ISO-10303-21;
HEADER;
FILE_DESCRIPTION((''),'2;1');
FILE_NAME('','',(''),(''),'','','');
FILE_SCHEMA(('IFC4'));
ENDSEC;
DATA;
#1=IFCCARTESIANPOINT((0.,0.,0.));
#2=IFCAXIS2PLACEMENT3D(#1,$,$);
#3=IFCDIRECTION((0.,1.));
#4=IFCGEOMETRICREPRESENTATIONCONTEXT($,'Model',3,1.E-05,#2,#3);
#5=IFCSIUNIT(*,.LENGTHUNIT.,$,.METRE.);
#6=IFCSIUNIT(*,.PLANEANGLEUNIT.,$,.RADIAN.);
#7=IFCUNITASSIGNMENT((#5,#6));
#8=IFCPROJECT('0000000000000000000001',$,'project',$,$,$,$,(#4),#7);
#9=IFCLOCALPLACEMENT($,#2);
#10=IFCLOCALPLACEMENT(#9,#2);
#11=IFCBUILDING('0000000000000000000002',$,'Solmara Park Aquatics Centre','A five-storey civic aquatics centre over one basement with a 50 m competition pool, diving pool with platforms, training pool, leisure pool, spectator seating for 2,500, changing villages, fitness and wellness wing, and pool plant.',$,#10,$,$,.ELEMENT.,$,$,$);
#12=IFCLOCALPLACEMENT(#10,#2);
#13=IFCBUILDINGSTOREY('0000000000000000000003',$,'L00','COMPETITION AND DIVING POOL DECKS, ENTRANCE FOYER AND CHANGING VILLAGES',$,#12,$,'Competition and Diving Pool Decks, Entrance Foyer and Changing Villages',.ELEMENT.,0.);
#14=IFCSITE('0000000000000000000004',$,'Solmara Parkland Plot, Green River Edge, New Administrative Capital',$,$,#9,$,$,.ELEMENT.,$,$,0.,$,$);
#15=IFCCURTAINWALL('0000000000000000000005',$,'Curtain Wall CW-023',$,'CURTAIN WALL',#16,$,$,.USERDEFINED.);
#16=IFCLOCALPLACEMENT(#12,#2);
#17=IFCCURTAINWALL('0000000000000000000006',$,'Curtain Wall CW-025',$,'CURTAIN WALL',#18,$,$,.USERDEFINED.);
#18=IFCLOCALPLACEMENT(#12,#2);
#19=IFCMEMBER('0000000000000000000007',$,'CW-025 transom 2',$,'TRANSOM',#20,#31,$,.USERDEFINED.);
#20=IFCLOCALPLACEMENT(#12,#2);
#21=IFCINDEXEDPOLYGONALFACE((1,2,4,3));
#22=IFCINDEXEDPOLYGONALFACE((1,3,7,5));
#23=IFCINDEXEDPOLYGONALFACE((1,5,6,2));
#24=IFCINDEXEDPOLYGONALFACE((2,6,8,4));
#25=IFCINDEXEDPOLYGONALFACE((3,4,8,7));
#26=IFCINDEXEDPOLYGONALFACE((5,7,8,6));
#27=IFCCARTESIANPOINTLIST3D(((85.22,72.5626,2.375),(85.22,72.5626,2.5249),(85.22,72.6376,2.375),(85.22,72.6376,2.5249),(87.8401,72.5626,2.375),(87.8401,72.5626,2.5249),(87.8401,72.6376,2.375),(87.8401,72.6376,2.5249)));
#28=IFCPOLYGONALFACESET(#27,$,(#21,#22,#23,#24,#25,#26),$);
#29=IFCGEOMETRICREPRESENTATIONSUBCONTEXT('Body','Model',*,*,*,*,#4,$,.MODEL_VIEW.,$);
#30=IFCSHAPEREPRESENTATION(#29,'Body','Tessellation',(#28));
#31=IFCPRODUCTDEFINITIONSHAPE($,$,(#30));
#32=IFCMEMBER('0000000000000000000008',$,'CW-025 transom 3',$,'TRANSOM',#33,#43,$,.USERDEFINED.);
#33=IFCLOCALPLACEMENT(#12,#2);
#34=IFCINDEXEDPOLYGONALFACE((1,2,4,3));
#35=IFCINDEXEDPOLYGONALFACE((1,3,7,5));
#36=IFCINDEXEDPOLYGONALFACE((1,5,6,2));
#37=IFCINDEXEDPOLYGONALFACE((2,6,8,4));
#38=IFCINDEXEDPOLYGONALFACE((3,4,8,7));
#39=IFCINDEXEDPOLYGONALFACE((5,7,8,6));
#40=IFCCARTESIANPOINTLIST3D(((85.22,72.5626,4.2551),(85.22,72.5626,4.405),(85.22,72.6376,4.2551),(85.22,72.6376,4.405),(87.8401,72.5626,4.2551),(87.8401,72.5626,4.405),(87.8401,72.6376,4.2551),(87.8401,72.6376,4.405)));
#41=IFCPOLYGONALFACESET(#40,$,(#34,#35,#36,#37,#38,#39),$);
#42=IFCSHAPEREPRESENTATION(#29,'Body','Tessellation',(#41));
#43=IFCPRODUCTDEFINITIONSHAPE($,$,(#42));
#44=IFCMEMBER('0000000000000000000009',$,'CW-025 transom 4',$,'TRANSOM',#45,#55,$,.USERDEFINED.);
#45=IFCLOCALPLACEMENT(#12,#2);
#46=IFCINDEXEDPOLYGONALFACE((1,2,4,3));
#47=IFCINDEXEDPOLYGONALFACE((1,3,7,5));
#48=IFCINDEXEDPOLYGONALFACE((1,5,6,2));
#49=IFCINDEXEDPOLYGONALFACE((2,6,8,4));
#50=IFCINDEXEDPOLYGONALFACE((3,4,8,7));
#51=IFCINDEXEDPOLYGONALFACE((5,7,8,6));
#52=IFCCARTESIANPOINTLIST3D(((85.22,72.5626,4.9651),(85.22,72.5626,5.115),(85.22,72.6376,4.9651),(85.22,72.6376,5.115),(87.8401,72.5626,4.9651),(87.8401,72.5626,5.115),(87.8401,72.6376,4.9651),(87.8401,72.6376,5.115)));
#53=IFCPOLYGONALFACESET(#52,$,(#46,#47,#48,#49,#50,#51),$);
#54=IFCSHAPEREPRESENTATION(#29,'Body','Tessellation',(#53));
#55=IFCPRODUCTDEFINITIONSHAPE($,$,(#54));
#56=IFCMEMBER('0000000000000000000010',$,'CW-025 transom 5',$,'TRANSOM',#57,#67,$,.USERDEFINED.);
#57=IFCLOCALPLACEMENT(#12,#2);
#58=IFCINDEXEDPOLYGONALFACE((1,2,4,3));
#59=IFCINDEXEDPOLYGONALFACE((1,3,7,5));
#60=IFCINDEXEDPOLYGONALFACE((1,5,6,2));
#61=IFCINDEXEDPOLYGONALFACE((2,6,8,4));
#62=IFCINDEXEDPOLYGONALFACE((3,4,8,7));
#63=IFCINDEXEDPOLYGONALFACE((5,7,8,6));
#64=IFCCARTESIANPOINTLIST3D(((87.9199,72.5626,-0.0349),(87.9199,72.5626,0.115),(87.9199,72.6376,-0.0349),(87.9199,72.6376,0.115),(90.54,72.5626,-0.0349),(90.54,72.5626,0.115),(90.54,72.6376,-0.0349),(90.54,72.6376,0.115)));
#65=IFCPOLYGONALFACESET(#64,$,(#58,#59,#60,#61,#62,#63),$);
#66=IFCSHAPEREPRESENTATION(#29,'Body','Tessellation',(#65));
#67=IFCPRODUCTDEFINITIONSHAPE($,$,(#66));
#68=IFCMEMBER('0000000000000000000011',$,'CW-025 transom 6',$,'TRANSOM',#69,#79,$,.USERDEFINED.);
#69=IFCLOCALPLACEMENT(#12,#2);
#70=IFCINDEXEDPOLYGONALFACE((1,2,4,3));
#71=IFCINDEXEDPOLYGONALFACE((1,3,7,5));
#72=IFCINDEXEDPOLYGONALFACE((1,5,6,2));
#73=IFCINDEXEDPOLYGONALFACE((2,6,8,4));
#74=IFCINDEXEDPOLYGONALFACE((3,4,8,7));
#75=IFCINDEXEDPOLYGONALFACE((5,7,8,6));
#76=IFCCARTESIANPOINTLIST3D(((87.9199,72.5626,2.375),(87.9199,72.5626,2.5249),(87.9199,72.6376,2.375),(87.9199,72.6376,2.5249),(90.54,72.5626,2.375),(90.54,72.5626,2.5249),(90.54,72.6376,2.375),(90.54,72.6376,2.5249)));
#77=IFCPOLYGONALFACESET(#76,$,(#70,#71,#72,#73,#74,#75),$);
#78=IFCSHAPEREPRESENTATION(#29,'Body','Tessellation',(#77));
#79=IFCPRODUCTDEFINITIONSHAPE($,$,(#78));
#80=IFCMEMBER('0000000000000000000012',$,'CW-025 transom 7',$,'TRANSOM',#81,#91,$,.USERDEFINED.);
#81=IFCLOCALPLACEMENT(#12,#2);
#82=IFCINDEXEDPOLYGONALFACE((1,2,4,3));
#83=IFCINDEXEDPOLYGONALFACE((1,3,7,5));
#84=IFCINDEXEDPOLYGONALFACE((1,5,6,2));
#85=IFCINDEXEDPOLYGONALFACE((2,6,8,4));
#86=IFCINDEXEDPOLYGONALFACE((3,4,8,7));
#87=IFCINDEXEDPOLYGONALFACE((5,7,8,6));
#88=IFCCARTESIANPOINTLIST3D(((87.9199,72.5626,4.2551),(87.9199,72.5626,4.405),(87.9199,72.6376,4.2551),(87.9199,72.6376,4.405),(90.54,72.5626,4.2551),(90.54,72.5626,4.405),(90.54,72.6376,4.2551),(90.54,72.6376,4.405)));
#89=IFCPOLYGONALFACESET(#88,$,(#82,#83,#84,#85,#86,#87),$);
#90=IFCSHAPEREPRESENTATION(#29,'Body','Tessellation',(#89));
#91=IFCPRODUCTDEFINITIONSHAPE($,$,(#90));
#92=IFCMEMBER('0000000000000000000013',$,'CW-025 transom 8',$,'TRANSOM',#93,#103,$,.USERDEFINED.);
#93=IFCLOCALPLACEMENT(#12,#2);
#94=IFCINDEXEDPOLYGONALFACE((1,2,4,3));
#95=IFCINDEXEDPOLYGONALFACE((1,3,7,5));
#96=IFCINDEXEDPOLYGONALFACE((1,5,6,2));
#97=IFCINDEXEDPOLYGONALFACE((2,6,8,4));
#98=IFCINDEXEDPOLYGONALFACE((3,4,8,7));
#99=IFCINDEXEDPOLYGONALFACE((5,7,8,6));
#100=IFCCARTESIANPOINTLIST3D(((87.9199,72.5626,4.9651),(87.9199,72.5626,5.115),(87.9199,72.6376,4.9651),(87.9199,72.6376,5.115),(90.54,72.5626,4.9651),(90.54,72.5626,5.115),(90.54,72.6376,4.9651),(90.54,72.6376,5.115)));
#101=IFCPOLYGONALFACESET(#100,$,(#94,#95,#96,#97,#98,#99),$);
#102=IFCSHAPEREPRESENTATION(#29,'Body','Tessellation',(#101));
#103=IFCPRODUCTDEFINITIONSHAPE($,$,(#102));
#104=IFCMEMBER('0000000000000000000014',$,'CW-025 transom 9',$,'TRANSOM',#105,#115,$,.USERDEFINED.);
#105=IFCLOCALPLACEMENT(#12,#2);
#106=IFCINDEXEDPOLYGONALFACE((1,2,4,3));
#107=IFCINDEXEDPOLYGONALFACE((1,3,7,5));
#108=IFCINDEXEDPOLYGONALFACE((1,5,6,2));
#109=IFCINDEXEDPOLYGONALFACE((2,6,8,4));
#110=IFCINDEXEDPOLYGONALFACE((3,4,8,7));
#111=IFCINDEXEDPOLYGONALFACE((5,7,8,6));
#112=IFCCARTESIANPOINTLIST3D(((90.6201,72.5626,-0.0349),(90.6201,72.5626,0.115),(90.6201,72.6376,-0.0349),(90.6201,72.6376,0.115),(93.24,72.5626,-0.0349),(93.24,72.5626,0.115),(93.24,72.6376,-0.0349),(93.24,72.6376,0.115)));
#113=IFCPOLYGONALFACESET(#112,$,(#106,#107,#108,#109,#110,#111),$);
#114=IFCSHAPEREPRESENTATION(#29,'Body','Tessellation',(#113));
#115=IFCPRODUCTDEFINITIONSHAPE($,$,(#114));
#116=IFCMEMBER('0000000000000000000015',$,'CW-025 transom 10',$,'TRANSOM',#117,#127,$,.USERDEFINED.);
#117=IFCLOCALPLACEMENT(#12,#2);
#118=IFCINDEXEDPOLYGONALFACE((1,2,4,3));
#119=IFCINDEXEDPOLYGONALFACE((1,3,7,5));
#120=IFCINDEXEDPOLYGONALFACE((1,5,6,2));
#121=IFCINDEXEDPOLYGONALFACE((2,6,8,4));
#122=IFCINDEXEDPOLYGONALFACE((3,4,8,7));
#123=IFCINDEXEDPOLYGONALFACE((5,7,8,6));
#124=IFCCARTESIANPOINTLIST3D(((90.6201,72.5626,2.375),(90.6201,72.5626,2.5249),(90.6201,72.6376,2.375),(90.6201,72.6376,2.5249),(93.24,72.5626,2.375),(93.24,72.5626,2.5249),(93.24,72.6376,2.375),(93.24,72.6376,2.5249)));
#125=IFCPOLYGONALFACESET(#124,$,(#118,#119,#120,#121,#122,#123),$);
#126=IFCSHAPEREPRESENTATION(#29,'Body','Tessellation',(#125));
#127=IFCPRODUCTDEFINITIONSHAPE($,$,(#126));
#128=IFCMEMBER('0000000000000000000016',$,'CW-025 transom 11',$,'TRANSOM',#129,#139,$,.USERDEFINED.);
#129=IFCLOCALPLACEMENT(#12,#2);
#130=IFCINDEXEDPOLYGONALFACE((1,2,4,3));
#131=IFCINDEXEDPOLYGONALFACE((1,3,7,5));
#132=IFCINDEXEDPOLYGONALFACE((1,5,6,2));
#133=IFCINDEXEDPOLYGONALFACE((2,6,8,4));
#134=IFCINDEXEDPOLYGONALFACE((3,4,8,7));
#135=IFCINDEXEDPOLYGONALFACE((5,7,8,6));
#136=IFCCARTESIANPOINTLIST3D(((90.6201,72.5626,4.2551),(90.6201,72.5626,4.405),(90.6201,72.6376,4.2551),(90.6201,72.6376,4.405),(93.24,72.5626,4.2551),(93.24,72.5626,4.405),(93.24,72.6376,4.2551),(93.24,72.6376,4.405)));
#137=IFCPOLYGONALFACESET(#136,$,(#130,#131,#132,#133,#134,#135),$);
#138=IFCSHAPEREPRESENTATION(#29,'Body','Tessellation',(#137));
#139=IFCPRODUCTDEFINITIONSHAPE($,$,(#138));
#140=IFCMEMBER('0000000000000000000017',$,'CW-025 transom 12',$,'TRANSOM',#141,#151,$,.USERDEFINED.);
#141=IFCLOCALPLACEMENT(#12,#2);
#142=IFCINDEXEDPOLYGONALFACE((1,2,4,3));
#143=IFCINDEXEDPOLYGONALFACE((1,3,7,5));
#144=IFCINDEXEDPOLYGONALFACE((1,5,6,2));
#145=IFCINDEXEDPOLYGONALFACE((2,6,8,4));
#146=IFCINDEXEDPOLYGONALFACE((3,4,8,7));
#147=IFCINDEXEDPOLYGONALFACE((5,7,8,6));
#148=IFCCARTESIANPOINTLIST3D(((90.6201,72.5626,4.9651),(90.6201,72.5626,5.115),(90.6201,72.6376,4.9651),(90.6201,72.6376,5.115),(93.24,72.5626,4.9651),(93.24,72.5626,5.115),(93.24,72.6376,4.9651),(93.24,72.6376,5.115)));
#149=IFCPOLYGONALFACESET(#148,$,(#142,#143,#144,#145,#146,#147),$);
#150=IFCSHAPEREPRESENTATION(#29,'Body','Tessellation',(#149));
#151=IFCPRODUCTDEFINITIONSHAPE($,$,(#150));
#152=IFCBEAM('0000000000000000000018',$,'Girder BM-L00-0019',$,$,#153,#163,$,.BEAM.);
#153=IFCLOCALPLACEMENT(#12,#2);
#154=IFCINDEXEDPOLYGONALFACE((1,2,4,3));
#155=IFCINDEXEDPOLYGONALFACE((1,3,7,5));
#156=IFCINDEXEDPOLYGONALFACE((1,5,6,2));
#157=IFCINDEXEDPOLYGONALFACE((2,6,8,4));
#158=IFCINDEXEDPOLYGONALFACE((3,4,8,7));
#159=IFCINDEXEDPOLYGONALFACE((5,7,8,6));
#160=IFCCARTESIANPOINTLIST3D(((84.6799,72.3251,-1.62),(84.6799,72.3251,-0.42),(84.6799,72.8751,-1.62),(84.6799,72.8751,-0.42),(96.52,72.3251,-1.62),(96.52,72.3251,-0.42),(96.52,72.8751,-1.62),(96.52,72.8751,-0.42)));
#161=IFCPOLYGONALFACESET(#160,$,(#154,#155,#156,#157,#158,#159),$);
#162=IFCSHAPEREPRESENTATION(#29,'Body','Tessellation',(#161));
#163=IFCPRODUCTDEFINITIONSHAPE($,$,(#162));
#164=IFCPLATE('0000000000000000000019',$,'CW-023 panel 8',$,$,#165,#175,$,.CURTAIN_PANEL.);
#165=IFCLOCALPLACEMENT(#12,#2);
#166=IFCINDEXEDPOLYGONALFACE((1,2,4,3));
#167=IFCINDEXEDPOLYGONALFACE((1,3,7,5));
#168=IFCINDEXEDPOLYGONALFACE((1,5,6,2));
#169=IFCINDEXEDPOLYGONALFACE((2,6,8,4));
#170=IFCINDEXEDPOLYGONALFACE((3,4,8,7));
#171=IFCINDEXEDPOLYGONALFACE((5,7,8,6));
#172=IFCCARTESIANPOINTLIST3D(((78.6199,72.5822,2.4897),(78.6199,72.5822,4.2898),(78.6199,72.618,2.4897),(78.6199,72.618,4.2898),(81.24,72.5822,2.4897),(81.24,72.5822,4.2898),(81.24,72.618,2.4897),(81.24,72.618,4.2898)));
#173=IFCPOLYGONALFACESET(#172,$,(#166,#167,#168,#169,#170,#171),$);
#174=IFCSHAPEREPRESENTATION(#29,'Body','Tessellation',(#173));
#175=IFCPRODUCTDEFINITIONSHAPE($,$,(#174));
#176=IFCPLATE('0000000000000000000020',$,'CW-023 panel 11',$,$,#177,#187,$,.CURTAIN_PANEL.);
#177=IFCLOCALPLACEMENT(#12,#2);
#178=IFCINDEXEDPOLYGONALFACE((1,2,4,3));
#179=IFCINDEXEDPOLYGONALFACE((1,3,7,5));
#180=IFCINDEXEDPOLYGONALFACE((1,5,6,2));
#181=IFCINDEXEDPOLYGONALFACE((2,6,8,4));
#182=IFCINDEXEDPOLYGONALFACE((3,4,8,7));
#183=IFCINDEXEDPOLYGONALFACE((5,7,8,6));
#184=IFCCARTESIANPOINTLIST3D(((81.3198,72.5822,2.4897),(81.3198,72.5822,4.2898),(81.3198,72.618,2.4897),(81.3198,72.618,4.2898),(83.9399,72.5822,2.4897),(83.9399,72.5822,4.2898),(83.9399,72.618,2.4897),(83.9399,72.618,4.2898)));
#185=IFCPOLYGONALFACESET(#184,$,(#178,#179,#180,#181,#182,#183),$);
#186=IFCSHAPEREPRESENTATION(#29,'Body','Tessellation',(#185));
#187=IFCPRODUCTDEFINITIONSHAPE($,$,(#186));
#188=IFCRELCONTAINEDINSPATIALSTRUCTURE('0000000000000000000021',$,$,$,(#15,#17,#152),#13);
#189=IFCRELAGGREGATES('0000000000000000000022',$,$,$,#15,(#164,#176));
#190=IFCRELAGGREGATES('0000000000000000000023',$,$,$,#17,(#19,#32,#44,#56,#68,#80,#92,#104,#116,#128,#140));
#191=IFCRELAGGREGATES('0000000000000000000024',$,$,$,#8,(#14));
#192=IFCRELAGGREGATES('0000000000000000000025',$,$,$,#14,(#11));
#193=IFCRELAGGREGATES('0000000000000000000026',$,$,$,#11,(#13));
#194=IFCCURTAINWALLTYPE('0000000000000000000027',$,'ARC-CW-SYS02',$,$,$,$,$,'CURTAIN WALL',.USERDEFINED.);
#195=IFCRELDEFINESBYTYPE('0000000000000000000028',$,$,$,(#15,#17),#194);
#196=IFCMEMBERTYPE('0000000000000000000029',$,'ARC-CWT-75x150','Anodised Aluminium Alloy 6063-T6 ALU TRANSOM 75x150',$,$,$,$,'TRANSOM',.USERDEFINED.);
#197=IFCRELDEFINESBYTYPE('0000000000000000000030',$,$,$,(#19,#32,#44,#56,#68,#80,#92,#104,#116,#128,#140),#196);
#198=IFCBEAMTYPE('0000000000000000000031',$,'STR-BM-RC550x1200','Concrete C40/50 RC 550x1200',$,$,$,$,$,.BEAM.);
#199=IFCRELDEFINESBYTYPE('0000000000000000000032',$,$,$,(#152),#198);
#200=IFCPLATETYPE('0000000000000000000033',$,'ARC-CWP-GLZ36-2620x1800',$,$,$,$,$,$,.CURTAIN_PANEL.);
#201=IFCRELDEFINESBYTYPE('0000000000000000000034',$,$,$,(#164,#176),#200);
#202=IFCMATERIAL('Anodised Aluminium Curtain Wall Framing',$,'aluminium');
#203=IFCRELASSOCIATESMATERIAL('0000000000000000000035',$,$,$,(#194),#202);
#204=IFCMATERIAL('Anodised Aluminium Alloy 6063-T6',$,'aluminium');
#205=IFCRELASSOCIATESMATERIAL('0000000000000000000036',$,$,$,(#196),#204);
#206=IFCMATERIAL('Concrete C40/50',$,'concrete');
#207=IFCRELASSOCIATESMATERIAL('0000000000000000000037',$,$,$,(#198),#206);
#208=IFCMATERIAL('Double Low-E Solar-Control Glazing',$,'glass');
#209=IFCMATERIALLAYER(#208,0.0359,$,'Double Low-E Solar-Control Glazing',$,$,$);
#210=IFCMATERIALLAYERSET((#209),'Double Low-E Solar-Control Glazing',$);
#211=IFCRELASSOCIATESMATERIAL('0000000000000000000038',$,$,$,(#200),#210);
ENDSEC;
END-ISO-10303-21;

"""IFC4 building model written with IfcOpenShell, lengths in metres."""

from ifc_helpers import new_model, si_unit, direction, frame, origin, origin_2d, place, context, subcontext, project, spatial, rectangle, extrude, material, layer, layer_set, material_profile, profile_set, type_object, element, aggregate, save


model = new_model("IFC4")

# Units and contexts
model_context = context("Model", 3, precision=1e-05, world=origin(), true_north=direction((0.0, 1.0)))
body_context = subcontext(model_context, "Body", "Model", "MODEL_VIEW")
ifc_project = project(units=[si_unit("LENGTHUNIT", "METRE"), si_unit("PLANEANGLEUNIT", "RADIAN")], contexts=[model_context])

# Site, building, storey
site_placement = place(None, origin())
site = spatial("IfcSite", under=ifc_project, at=site_placement, Name="Solmara Parkland Plot, Green River Edge, New Administrative Capital", CompositionType="ELEMENT", RefElevation=0.0)
building_placement = place(site_placement, origin())
building = spatial("IfcBuilding", under=site, at=building_placement, Name="Solmara Park Aquatics Centre", Description="A five-storey civic aquatics centre over one basement with a 50 m competition pool, diving pool with platforms, training pool, leisure pool, spectator seating for 2,500, changing villages, fitness and wellness wing, and pool plant.", CompositionType="ELEMENT")
storey_placement = place(building_placement, origin())
storey = spatial("IfcBuildingStorey", under=building, at=storey_placement, Name="L00", Description="COMPETITION AND DIVING POOL DECKS, ENTRANCE FOYER AND CHANGING VILLAGES", LongName="Competition and Diving Pool Decks, Entrance Foyer and Changing Villages", CompositionType="ELEMENT", Elevation=0.0)

# Curtain walls
ifc_material_1 = material(Name="Anodised Aluminium Curtain Wall Framing", Category="aluminium")
curtain_wall_type = type_object("IfcCurtainWallType", Name="ARC-CW-SYS02", ElementType="CURTAIN WALL", PredefinedType="USERDEFINED", material=ifc_material_1)
curtain_wall_1_placement = place(storey_placement, origin())
curtain_wall_1 = element("IfcCurtainWall", 1, at=curtain_wall_1_placement, inside=storey, type_object=curtain_wall_type, Name="Curtain Wall CW-023", ObjectType="CURTAIN WALL", PredefinedType="USERDEFINED")
ifc_material_2 = material(Name="Anodised Aluminium Alloy 6063-T6", Category="aluminium")
curtain_wall_2_placement = place(storey_placement, origin())
curtain_wall_2 = element("IfcCurtainWall", 2, at=curtain_wall_2_placement, inside=storey, type_object=curtain_wall_type, Name="Curtain Wall CW-025", ObjectType="CURTAIN WALL", PredefinedType="USERDEFINED")

# Members
ifc_material_profile_1 = material_profile(ifc_material_2, rectangle(XDim=0.075, YDim=0.1499, at=origin_2d()), Name="ALU TRANSOM 75x150")
ifc_profile_set_1 = profile_set([ifc_material_profile_1], Name="Anodised Aluminium Alloy 6063-T6")
member_type_1 = type_object("IfcMemberType", Name="ARC-CWT-75x150", Description="Anodised Aluminium Alloy 6063-T6 ALU TRANSOM 75x150", ElementType="TRANSOM", PredefinedType="USERDEFINED", material=ifc_profile_set_1)
member_1_placement = place(storey_placement, frame((85.22, 72.6001, 2.45), z_axis=(1.0, 0.0, 0.0), x_axis=(0.0, 1.0, 0.0)))
member_1 = element("IfcMember", 3, at=member_1_placement, type_object=member_type_1, Name="CW-025 transom 2", ObjectType="TRANSOM", PredefinedType="USERDEFINED", context=body_context, shape_type="SweptSolid", body=[
    extrude(rectangle(XDim=0.075, YDim=0.1499, at=origin_2d()), origin(), (0.0, 0.0, 1.0), 2.6201),
])
member_2_placement = place(storey_placement, frame((85.22, 72.6001, 4.3301), z_axis=(1.0, 0.0, 0.0), x_axis=(0.0, 1.0, 0.0)))
member_2 = element("IfcMember", 4, at=member_2_placement, type_object=member_type_1, Name="CW-025 transom 3", ObjectType="TRANSOM", PredefinedType="USERDEFINED", context=body_context, shape_type="SweptSolid", body=[
    extrude(rectangle(XDim=0.075, YDim=0.1499, at=origin_2d()), origin(), (0.0, 0.0, 1.0), 2.6201),
])
member_3_placement = place(storey_placement, frame((85.22, 72.6001, 5.04), z_axis=(1.0, 0.0, 0.0), x_axis=(0.0, 1.0, 0.0)))
member_3 = element("IfcMember", 5, at=member_3_placement, type_object=member_type_1, Name="CW-025 transom 4", ObjectType="TRANSOM", PredefinedType="USERDEFINED", context=body_context, shape_type="SweptSolid", body=[
    extrude(rectangle(XDim=0.075, YDim=0.1499, at=origin_2d()), origin(), (0.0, 0.0, 1.0), 2.6201),
])
member_4_placement = place(storey_placement, frame((87.9199, 72.6001, 0.04), z_axis=(1.0, 0.0, 0.0), x_axis=(0.0, 1.0, 0.0)))
member_4 = element("IfcMember", 6, at=member_4_placement, type_object=member_type_1, Name="CW-025 transom 5", ObjectType="TRANSOM", PredefinedType="USERDEFINED", context=body_context, shape_type="SweptSolid", body=[
    extrude(rectangle(XDim=0.075, YDim=0.1499, at=origin_2d()), origin(), (0.0, 0.0, 1.0), 2.6201),
])
member_5_placement = place(storey_placement, frame((87.9199, 72.6001, 2.45), z_axis=(1.0, 0.0, 0.0), x_axis=(0.0, 1.0, 0.0)))
member_5 = element("IfcMember", 7, at=member_5_placement, type_object=member_type_1, Name="CW-025 transom 6", ObjectType="TRANSOM", PredefinedType="USERDEFINED", context=body_context, shape_type="SweptSolid", body=[
    extrude(rectangle(XDim=0.075, YDim=0.1499, at=origin_2d()), origin(), (0.0, 0.0, 1.0), 2.6201),
])
member_6_placement = place(storey_placement, frame((87.9199, 72.6001, 4.3301), z_axis=(1.0, 0.0, 0.0), x_axis=(0.0, 1.0, 0.0)))
member_6 = element("IfcMember", 8, at=member_6_placement, type_object=member_type_1, Name="CW-025 transom 7", ObjectType="TRANSOM", PredefinedType="USERDEFINED", context=body_context, shape_type="SweptSolid", body=[
    extrude(rectangle(XDim=0.075, YDim=0.1499, at=origin_2d()), origin(), (0.0, 0.0, 1.0), 2.6201),
])
member_7_placement = place(storey_placement, frame((87.9199, 72.6001, 5.04), z_axis=(1.0, 0.0, 0.0), x_axis=(0.0, 1.0, 0.0)))
member_7 = element("IfcMember", 9, at=member_7_placement, type_object=member_type_1, Name="CW-025 transom 8", ObjectType="TRANSOM", PredefinedType="USERDEFINED", context=body_context, shape_type="SweptSolid", body=[
    extrude(rectangle(XDim=0.075, YDim=0.1499, at=origin_2d()), origin(), (0.0, 0.0, 1.0), 2.6201),
])
member_8_placement = place(storey_placement, frame((90.6201, 72.6001, 0.04), z_axis=(1.0, 0.0, 0.0), x_axis=(0.0, 1.0, 0.0)))
member_8 = element("IfcMember", 10, at=member_8_placement, type_object=member_type_1, Name="CW-025 transom 9", ObjectType="TRANSOM", PredefinedType="USERDEFINED", context=body_context, shape_type="SweptSolid", body=[
    extrude(rectangle(XDim=0.075, YDim=0.1499, at=origin_2d()), origin(), (0.0, 0.0, 1.0), 2.6199),
])
member_9_placement = place(storey_placement, frame((90.6201, 72.6001, 2.45), z_axis=(1.0, 0.0, 0.0), x_axis=(0.0, 1.0, 0.0)))
member_9 = element("IfcMember", 11, at=member_9_placement, type_object=member_type_1, Name="CW-025 transom 10", ObjectType="TRANSOM", PredefinedType="USERDEFINED", context=body_context, shape_type="SweptSolid", body=[
    extrude(rectangle(XDim=0.075, YDim=0.1499, at=origin_2d()), origin(), (0.0, 0.0, 1.0), 2.6199),
])
member_10_placement = place(storey_placement, frame((90.6201, 72.6001, 4.3301), z_axis=(1.0, 0.0, 0.0), x_axis=(0.0, 1.0, 0.0)))
member_10 = element("IfcMember", 12, at=member_10_placement, type_object=member_type_1, Name="CW-025 transom 11", ObjectType="TRANSOM", PredefinedType="USERDEFINED", context=body_context, shape_type="SweptSolid", body=[
    extrude(rectangle(XDim=0.075, YDim=0.1499, at=origin_2d()), origin(), (0.0, 0.0, 1.0), 2.6199),
])
member_11_placement = place(storey_placement, frame((90.6201, 72.6001, 5.04), z_axis=(1.0, 0.0, 0.0), x_axis=(0.0, 1.0, 0.0)))
member_11 = element("IfcMember", 13, at=member_11_placement, type_object=member_type_1, Name="CW-025 transom 12", ObjectType="TRANSOM", PredefinedType="USERDEFINED", context=body_context, shape_type="SweptSolid", body=[
    extrude(rectangle(XDim=0.075, YDim=0.1499, at=origin_2d()), origin(), (0.0, 0.0, 1.0), 2.6199),
])

# Beam
ifc_material_3 = material(Name="Concrete C40/50", Category="concrete")
ifc_material_profile_2 = material_profile(ifc_material_3, rectangle(XDim=0.55, YDim=1.2, at=origin_2d()), Name="RC 550x1200")
ifc_profile_set_2 = profile_set([ifc_material_profile_2], Name="Concrete C40/50")
beam_type = type_object("IfcBeamType", Name="STR-BM-RC550x1200", Description="Concrete C40/50 RC 550x1200", PredefinedType="BEAM", material=ifc_profile_set_2)
beam_placement = place(storey_placement, frame((84.6799, 72.6001, -1.02), z_axis=(1.0, 0.0, 0.0), x_axis=(0.0, 1.0, 0.0)))
element("IfcBeam", 14, at=beam_placement, inside=storey, type_object=beam_type, Name="Girder BM-L00-0019", PredefinedType="BEAM", context=body_context, shape_type="SweptSolid", body=[
    extrude(rectangle(XDim=0.55, YDim=1.2, at=origin_2d()), origin(), (0.0, 0.0, 1.0), 11.8401),
])

# Plates
ifc_material_4 = material(Name="Double Low-E Solar-Control Glazing", Category="glass")
ifc_layer_1 = layer(ifc_material_4, 0.0359, Name="Double Low-E Solar-Control Glazing")
ifc_layer_set_1 = layer_set([ifc_layer_1], Name="Double Low-E Solar-Control Glazing")
plate_type_1 = type_object("IfcPlateType", Name="ARC-CWP-GLZ36-2620x1800", PredefinedType="CURTAIN_PANEL", material=ifc_layer_set_1)
plate_1_placement = place(storey_placement, frame((79.9299, 72.6001, 2.4897), z_axis=(0.0, 0.0, 1.0), x_axis=(1.0, 0.0, 0.0)))
plate_1 = element("IfcPlate", 15, at=plate_1_placement, type_object=plate_type_1, Name="CW-023 panel 8", PredefinedType="CURTAIN_PANEL", context=body_context, shape_type="SweptSolid", body=[
    extrude(rectangle(XDim=2.6201, YDim=0.0359, at=origin_2d()), origin(), (0.0, 0.0, 1.0), 1.8),
])
plate_2_placement = place(storey_placement, frame((82.6299, 72.6001, 2.4897), z_axis=(0.0, 0.0, 1.0), x_axis=(1.0, 0.0, 0.0)))
plate_2 = element("IfcPlate", 16, at=plate_2_placement, type_object=plate_type_1, Name="CW-023 panel 11", PredefinedType="CURTAIN_PANEL", context=body_context, shape_type="SweptSolid", body=[
    extrude(rectangle(XDim=2.6201, YDim=0.0359, at=origin_2d()), origin(), (0.0, 0.0, 1.0), 1.8),
])
aggregate(curtain_wall_1, [plate_1, plate_2])
aggregate(curtain_wall_2, [member_1, member_2, member_3, member_4, member_5, member_6, member_7, member_8, member_9, member_10, member_11])

save(model, "model.ifc")
